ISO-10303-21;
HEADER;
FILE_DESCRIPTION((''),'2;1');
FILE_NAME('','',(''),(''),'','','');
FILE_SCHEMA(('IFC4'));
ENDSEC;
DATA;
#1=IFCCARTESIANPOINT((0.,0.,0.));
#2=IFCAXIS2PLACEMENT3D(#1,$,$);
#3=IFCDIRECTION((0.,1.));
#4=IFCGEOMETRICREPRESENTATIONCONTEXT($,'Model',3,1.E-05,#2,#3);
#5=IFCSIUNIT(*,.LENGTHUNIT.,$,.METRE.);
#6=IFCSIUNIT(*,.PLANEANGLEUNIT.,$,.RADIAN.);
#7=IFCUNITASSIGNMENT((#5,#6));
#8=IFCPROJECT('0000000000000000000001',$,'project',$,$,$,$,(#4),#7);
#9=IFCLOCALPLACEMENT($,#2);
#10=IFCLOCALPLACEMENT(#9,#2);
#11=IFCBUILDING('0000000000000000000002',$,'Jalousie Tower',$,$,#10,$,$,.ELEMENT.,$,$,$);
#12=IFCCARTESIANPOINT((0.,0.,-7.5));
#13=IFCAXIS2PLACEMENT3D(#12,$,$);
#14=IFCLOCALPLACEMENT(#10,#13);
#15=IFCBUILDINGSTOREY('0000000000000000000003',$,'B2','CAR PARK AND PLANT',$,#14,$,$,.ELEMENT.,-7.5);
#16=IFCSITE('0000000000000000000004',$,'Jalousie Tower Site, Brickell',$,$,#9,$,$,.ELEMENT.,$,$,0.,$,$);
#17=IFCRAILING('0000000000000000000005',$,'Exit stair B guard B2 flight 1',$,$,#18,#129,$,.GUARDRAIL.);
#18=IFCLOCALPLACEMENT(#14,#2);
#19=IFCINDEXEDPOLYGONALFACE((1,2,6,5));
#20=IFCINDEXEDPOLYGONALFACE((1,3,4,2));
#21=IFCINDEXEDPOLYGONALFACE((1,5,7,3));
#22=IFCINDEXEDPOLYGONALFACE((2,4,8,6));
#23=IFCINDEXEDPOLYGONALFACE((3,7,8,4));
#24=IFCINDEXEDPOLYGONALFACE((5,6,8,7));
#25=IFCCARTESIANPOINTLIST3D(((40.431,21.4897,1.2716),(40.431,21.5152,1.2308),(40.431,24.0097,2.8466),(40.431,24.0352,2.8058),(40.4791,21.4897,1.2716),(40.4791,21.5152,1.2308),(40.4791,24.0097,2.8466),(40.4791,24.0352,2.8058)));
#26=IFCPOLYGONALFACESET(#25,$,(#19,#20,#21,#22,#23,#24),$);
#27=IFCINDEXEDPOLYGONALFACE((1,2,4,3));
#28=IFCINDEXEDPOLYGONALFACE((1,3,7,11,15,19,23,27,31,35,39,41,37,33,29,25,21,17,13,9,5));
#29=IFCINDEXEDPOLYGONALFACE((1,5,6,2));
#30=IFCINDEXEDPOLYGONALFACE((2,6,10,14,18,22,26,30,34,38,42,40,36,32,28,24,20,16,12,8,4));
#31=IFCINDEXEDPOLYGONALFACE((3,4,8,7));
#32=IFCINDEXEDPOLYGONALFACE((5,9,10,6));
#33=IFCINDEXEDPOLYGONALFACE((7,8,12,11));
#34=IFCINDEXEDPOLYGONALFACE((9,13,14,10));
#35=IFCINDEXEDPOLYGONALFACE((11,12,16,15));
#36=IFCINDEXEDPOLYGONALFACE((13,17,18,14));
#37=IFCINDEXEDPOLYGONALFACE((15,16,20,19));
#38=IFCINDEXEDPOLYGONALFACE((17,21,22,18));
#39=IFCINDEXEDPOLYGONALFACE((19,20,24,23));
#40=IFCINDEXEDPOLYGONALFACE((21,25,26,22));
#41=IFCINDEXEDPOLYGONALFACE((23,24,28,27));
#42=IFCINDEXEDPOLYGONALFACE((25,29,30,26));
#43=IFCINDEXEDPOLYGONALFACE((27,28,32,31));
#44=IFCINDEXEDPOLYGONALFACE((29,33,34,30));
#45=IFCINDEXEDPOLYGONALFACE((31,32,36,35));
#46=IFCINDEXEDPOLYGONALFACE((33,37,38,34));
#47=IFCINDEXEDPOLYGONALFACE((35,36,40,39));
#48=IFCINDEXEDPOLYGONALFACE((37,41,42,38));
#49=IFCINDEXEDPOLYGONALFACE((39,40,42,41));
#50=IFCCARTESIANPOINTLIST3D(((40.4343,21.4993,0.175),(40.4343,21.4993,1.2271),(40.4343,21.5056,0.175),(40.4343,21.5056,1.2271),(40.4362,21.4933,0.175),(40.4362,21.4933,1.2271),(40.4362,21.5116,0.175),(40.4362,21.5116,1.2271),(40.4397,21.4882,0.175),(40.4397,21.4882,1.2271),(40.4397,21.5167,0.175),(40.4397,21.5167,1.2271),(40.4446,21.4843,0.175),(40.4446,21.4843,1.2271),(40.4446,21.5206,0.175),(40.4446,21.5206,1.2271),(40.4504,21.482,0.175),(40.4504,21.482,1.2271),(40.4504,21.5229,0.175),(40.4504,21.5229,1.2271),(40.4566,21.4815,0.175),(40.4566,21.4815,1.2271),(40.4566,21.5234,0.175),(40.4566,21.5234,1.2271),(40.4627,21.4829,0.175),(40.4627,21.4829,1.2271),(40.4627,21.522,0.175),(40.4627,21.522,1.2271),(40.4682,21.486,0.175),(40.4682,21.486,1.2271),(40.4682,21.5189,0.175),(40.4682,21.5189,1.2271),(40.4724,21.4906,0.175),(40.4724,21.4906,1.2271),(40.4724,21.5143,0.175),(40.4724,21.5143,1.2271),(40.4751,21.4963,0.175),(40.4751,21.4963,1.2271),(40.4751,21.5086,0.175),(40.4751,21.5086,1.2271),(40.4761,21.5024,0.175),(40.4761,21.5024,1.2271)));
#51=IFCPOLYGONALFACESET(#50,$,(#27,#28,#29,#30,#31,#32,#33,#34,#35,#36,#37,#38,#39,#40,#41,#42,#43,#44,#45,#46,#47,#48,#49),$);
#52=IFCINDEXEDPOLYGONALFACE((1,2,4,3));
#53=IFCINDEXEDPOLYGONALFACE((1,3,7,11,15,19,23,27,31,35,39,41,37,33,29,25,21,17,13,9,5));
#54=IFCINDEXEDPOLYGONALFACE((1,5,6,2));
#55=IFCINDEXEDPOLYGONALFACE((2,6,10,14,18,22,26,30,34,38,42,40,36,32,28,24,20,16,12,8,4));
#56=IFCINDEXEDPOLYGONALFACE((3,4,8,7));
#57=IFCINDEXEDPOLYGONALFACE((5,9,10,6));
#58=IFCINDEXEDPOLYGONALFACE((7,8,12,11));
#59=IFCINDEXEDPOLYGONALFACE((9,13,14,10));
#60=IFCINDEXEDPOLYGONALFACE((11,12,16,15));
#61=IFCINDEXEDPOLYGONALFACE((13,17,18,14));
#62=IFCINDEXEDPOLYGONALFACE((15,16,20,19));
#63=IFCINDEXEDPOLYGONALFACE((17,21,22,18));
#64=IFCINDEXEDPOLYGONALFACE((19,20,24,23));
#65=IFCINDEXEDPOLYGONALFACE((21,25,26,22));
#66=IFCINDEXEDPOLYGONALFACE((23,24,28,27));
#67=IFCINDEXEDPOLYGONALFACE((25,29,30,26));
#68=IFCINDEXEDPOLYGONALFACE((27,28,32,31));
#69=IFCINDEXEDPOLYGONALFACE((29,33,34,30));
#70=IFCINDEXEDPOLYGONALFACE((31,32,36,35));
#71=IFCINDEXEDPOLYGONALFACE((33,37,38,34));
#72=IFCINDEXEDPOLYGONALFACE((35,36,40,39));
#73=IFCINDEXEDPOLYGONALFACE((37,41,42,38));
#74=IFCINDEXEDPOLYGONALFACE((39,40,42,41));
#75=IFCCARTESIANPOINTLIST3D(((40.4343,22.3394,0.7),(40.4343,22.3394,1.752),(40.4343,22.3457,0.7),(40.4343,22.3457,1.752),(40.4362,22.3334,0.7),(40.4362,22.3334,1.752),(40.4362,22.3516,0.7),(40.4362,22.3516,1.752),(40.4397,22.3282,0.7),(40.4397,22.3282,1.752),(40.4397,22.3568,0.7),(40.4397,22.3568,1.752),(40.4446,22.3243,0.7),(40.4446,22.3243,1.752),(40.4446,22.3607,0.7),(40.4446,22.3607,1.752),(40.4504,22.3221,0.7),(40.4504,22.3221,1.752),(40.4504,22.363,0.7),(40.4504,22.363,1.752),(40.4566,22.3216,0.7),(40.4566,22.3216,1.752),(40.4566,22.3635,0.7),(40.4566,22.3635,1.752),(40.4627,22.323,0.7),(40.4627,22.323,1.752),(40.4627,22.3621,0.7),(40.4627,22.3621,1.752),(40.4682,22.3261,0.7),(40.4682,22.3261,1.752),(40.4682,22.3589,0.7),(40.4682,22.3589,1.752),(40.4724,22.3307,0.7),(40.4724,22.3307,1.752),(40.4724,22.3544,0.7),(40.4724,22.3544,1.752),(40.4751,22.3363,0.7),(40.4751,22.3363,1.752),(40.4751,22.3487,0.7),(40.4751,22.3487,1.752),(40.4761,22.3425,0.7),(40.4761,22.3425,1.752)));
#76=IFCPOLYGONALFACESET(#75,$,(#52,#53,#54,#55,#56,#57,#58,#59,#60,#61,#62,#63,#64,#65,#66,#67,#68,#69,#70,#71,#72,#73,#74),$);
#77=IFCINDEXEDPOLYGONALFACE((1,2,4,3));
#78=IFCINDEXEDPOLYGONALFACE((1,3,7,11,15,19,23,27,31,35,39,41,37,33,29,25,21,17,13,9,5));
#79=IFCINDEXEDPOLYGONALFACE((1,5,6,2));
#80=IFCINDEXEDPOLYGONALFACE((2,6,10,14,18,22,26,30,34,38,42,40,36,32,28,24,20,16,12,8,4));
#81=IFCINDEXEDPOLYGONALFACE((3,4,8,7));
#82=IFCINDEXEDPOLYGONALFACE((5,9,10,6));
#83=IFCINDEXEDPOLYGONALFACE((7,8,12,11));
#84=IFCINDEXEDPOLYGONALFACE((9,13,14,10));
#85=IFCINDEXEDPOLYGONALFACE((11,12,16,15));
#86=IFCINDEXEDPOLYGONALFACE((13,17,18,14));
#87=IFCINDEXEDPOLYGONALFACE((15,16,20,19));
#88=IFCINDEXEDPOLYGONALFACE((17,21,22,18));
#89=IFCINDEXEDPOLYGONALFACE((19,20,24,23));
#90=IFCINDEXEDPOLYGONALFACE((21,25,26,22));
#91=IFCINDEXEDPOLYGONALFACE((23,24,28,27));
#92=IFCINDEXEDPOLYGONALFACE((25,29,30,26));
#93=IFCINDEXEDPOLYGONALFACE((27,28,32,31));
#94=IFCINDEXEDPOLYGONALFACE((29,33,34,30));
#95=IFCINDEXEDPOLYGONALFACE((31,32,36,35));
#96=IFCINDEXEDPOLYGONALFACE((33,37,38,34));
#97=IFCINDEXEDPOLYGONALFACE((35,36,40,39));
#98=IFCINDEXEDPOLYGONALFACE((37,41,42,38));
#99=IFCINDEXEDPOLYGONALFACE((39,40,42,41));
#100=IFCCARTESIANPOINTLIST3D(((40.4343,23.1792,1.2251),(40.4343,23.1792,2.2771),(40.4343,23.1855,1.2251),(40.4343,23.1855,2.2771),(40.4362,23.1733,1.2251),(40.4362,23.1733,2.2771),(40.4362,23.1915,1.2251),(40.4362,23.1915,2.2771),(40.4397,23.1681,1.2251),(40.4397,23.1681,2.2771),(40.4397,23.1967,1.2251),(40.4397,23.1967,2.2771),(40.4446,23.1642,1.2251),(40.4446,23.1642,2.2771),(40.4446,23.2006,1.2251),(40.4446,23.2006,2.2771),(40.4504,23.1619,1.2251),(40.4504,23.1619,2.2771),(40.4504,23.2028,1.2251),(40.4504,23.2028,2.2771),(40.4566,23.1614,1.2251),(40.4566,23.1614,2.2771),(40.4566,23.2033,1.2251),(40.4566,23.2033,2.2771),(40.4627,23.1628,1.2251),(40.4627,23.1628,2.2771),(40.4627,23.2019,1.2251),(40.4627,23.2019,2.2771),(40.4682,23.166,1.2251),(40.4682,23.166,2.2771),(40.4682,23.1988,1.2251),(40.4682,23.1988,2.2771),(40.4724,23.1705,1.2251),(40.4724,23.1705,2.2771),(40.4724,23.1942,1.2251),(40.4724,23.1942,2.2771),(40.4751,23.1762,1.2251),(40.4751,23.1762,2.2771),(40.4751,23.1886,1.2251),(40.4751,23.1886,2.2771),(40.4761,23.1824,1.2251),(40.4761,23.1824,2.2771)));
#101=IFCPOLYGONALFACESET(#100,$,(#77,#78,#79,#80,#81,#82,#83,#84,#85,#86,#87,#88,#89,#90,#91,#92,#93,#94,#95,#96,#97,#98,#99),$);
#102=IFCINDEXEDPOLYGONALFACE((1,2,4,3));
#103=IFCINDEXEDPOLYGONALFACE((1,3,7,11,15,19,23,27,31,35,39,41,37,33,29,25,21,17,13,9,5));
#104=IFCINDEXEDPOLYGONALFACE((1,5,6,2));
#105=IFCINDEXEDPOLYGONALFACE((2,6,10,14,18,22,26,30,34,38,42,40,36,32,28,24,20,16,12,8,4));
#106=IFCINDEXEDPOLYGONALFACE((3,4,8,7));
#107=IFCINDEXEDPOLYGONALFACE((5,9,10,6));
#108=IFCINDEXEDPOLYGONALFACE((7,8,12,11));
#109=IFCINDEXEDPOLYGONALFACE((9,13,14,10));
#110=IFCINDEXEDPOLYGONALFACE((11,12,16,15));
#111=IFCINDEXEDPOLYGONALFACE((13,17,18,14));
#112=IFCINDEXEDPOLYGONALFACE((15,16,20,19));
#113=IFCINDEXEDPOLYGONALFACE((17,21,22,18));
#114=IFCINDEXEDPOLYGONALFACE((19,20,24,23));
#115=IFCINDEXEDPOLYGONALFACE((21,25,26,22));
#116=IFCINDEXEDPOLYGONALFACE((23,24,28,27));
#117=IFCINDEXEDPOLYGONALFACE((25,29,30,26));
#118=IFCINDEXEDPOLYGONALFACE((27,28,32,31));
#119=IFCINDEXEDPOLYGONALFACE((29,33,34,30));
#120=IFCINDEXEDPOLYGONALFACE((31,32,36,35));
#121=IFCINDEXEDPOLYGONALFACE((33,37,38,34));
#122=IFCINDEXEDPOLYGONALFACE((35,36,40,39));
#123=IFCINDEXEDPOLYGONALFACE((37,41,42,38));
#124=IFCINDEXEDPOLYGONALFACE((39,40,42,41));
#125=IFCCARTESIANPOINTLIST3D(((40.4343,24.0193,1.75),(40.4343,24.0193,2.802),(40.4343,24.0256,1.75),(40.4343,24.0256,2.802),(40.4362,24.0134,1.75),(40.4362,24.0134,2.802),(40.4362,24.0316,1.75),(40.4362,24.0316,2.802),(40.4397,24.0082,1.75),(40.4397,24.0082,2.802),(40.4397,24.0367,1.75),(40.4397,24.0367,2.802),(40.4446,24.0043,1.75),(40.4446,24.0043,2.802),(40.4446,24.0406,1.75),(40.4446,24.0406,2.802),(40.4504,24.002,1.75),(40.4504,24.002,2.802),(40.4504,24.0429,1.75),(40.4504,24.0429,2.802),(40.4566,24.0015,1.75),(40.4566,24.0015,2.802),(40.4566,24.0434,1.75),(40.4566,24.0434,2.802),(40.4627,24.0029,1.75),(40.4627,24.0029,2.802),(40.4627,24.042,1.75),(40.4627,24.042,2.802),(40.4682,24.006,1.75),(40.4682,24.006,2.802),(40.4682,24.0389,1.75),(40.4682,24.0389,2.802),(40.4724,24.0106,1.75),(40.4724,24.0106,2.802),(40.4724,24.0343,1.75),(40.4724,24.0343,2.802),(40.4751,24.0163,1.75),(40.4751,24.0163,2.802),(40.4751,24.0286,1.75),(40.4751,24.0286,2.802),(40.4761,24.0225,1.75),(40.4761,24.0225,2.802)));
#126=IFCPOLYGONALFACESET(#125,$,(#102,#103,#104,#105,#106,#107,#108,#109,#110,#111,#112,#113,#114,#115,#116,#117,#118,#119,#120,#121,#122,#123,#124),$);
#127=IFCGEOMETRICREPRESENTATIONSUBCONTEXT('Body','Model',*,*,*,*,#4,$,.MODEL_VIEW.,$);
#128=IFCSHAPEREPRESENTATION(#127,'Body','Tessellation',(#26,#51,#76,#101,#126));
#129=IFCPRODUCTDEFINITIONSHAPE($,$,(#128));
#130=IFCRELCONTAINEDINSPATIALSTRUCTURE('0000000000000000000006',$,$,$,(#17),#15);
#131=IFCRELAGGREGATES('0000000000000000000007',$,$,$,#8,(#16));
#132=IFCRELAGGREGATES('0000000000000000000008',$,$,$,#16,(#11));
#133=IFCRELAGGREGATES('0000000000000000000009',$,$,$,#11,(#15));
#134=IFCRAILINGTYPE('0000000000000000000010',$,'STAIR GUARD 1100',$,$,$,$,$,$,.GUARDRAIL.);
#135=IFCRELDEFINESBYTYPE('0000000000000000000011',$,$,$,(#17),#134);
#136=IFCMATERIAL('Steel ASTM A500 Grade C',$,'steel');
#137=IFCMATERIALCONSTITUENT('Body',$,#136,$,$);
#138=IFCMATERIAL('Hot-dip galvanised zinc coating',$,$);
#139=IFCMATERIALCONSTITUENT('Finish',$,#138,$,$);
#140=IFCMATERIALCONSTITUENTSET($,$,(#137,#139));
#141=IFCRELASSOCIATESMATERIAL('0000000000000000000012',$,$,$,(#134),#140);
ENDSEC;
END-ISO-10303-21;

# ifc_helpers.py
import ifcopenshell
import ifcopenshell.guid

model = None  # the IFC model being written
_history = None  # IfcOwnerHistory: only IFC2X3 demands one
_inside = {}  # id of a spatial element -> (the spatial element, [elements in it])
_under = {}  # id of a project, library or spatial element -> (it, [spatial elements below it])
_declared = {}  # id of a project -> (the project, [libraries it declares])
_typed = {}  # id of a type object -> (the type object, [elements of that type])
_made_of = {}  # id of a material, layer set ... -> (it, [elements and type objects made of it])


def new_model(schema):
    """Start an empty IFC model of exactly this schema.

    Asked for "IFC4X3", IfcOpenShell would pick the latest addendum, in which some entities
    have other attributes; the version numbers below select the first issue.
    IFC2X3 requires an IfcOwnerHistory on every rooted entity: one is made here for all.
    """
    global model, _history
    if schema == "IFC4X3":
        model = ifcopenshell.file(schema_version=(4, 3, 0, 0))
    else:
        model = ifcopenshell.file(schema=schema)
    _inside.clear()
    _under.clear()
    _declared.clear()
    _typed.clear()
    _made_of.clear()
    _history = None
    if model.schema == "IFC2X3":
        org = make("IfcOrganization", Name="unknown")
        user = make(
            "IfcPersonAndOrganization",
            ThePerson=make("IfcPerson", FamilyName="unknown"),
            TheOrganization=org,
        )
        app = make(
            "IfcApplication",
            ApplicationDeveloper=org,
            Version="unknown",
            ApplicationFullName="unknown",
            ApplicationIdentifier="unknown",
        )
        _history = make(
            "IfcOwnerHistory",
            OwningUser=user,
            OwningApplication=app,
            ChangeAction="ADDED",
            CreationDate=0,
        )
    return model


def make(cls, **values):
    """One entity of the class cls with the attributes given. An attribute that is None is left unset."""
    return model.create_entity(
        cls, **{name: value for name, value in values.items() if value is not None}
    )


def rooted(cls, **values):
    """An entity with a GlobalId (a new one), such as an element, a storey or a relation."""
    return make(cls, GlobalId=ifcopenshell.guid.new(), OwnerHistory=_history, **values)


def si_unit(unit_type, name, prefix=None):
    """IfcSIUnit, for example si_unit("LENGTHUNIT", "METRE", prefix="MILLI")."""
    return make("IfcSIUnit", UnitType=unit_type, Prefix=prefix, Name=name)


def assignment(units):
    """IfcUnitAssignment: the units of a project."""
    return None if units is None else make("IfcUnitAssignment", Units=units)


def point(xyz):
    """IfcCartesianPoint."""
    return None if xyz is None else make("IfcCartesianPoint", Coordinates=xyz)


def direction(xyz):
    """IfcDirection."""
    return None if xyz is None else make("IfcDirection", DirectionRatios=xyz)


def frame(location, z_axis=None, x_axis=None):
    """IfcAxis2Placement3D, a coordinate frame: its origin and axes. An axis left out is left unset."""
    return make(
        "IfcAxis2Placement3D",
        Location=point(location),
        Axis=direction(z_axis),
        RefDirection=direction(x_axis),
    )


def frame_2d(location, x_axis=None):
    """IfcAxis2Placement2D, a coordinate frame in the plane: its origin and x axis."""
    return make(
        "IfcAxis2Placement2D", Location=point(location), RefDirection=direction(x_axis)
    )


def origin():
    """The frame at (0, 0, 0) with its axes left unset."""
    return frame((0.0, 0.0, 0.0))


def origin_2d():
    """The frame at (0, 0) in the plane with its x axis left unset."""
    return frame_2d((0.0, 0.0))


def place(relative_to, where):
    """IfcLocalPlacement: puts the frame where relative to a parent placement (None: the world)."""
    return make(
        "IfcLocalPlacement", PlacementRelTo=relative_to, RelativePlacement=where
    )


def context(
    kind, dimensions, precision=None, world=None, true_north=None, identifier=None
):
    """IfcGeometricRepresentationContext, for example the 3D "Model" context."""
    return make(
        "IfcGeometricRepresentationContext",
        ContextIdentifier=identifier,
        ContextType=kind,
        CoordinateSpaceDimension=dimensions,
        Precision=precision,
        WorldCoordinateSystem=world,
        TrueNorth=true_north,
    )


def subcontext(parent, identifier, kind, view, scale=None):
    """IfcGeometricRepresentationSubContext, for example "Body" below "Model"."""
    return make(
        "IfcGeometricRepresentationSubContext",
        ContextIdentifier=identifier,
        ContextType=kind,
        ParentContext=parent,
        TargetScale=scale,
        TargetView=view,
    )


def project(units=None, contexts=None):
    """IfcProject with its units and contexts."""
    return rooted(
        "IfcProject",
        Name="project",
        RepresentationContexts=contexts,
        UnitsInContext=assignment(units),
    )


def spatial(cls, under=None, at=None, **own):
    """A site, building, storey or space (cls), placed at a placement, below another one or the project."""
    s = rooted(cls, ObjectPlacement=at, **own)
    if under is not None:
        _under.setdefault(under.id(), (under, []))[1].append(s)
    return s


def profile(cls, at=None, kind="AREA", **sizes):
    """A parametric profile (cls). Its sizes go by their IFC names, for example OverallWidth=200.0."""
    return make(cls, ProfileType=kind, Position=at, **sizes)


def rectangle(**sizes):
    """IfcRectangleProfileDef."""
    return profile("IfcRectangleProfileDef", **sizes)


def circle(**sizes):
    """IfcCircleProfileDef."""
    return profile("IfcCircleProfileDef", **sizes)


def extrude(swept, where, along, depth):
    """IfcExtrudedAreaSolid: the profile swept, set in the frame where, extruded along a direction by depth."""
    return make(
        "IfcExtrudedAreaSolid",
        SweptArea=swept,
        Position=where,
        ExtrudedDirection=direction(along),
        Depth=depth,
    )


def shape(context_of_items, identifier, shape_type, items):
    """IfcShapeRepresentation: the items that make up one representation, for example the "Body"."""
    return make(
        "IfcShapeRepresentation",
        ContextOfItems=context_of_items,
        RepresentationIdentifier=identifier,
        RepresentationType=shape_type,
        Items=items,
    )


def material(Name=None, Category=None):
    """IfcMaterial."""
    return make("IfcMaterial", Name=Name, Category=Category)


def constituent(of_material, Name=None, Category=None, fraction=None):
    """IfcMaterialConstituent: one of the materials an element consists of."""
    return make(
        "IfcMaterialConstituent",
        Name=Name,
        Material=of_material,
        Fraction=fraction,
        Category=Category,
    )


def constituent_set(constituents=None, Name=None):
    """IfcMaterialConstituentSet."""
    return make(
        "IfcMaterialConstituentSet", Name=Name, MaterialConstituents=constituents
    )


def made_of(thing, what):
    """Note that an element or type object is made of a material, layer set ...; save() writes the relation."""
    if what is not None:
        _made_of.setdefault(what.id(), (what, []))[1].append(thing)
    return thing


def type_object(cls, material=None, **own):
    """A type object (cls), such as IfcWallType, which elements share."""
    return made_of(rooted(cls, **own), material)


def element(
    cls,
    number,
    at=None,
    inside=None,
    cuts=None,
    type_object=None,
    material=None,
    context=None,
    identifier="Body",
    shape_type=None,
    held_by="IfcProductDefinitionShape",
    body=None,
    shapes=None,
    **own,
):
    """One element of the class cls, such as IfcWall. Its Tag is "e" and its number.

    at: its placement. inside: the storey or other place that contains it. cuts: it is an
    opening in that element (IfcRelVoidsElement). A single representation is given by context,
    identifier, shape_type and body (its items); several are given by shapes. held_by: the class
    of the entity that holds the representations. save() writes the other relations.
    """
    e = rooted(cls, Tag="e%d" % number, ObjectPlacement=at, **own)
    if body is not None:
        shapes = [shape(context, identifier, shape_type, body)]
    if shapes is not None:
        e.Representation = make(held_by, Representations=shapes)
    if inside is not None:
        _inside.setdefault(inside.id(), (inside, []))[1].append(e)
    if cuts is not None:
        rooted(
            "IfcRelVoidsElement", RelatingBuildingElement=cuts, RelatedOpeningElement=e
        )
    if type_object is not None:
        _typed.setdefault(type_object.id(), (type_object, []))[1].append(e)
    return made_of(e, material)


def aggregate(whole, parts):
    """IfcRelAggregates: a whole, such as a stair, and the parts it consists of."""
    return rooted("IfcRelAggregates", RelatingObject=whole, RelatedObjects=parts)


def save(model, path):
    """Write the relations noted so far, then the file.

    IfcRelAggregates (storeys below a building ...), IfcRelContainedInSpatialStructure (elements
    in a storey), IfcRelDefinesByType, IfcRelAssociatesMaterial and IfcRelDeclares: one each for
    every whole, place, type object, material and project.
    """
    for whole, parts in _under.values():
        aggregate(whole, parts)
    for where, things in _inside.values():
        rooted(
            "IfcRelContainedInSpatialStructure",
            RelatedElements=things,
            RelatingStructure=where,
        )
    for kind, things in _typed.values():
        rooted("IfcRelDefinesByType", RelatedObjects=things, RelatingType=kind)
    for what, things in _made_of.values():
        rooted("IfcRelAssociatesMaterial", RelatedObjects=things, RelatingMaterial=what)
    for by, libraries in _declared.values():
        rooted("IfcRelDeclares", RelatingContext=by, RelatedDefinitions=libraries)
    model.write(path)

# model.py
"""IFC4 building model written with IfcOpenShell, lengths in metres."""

from ifc_helpers import new_model, si_unit, direction, frame, origin, origin_2d, place, context, subcontext, project, spatial, rectangle, circle, extrude, material, constituent, constituent_set, type_object, element, save


model = new_model("IFC4")

# Units and contexts
model_context = context("Model", 3, precision=1e-05, world=origin(), true_north=direction((0.0, 1.0)))
body_context = subcontext(model_context, "Body", "Model", "MODEL_VIEW")
ifc_project = project(units=[si_unit("LENGTHUNIT", "METRE"), si_unit("PLANEANGLEUNIT", "RADIAN")], contexts=[model_context])

# Site, building, storey
site_placement = place(None, origin())
site = spatial("IfcSite", under=ifc_project, at=site_placement, Name="Jalousie Tower Site, Brickell", CompositionType="ELEMENT", RefElevation=0.0)
building_placement = place(site_placement, origin())
building = spatial("IfcBuilding", under=site, at=building_placement, Name="Jalousie Tower", CompositionType="ELEMENT")
storey_placement = place(building_placement, frame((0.0, 0.0, -7.5)))
storey = spatial("IfcBuildingStorey", under=building, at=storey_placement, Name="B2", Description="CAR PARK AND PLANT", CompositionType="ELEMENT", Elevation=-7.5)

# Railing
ifc_material_1 = material(Name="Steel ASTM A500 Grade C", Category="steel")
ifc_constituent_1 = constituent(ifc_material_1, Name="Body")
ifc_material_2 = material(Name="Hot-dip galvanised zinc coating")
ifc_constituent_2 = constituent(ifc_material_2, Name="Finish")
ifc_constituent_set_1 = constituent_set(constituents=[ifc_constituent_1, ifc_constituent_2])
railing_type_1 = type_object("IfcRailingType", Name="STAIR GUARD 1100", PredefinedType="GUARDRAIL", material=ifc_constituent_set_1)
railing_1_placement = place(storey_placement, frame((40.4551, 21.5024, 0.175)))
element("IfcRailing", 1, at=railing_1_placement, inside=storey, type_object=railing_type_1, Name="Exit stair B guard B2 flight 1", PredefinedType="GUARDRAIL", context=body_context, shape_type="SweptSolid", body=[
    extrude(rectangle(XDim=0.0481, YDim=0.0481, at=origin_2d()), frame((0.0, 0.0, 1.0762), z_axis=(0.0, 0.848008, 0.529984), x_axis=(-1.0, 0.0, 0.0)), (0.0, 0.0, 1.0), 2.9717),
    extrude(circle(Radius=0.021, at=origin_2d()), origin(), (0.0, 0.0, 1.0), 1.052),
    extrude(circle(Radius=0.021, at=origin_2d()), frame((0.0, 0.8401, 0.5249)), (0.0, 0.0, 1.0), 1.052),
    extrude(circle(Radius=0.021, at=origin_2d()), frame((0.0, 1.6799, 1.05)), (0.0, 0.0, 1.0), 1.052),
    extrude(circle(Radius=0.021, at=origin_2d()), frame((0.0, 2.52, 1.575)), (0.0, 0.0, 1.0), 1.052),
])

save(model, "model.ifc")
